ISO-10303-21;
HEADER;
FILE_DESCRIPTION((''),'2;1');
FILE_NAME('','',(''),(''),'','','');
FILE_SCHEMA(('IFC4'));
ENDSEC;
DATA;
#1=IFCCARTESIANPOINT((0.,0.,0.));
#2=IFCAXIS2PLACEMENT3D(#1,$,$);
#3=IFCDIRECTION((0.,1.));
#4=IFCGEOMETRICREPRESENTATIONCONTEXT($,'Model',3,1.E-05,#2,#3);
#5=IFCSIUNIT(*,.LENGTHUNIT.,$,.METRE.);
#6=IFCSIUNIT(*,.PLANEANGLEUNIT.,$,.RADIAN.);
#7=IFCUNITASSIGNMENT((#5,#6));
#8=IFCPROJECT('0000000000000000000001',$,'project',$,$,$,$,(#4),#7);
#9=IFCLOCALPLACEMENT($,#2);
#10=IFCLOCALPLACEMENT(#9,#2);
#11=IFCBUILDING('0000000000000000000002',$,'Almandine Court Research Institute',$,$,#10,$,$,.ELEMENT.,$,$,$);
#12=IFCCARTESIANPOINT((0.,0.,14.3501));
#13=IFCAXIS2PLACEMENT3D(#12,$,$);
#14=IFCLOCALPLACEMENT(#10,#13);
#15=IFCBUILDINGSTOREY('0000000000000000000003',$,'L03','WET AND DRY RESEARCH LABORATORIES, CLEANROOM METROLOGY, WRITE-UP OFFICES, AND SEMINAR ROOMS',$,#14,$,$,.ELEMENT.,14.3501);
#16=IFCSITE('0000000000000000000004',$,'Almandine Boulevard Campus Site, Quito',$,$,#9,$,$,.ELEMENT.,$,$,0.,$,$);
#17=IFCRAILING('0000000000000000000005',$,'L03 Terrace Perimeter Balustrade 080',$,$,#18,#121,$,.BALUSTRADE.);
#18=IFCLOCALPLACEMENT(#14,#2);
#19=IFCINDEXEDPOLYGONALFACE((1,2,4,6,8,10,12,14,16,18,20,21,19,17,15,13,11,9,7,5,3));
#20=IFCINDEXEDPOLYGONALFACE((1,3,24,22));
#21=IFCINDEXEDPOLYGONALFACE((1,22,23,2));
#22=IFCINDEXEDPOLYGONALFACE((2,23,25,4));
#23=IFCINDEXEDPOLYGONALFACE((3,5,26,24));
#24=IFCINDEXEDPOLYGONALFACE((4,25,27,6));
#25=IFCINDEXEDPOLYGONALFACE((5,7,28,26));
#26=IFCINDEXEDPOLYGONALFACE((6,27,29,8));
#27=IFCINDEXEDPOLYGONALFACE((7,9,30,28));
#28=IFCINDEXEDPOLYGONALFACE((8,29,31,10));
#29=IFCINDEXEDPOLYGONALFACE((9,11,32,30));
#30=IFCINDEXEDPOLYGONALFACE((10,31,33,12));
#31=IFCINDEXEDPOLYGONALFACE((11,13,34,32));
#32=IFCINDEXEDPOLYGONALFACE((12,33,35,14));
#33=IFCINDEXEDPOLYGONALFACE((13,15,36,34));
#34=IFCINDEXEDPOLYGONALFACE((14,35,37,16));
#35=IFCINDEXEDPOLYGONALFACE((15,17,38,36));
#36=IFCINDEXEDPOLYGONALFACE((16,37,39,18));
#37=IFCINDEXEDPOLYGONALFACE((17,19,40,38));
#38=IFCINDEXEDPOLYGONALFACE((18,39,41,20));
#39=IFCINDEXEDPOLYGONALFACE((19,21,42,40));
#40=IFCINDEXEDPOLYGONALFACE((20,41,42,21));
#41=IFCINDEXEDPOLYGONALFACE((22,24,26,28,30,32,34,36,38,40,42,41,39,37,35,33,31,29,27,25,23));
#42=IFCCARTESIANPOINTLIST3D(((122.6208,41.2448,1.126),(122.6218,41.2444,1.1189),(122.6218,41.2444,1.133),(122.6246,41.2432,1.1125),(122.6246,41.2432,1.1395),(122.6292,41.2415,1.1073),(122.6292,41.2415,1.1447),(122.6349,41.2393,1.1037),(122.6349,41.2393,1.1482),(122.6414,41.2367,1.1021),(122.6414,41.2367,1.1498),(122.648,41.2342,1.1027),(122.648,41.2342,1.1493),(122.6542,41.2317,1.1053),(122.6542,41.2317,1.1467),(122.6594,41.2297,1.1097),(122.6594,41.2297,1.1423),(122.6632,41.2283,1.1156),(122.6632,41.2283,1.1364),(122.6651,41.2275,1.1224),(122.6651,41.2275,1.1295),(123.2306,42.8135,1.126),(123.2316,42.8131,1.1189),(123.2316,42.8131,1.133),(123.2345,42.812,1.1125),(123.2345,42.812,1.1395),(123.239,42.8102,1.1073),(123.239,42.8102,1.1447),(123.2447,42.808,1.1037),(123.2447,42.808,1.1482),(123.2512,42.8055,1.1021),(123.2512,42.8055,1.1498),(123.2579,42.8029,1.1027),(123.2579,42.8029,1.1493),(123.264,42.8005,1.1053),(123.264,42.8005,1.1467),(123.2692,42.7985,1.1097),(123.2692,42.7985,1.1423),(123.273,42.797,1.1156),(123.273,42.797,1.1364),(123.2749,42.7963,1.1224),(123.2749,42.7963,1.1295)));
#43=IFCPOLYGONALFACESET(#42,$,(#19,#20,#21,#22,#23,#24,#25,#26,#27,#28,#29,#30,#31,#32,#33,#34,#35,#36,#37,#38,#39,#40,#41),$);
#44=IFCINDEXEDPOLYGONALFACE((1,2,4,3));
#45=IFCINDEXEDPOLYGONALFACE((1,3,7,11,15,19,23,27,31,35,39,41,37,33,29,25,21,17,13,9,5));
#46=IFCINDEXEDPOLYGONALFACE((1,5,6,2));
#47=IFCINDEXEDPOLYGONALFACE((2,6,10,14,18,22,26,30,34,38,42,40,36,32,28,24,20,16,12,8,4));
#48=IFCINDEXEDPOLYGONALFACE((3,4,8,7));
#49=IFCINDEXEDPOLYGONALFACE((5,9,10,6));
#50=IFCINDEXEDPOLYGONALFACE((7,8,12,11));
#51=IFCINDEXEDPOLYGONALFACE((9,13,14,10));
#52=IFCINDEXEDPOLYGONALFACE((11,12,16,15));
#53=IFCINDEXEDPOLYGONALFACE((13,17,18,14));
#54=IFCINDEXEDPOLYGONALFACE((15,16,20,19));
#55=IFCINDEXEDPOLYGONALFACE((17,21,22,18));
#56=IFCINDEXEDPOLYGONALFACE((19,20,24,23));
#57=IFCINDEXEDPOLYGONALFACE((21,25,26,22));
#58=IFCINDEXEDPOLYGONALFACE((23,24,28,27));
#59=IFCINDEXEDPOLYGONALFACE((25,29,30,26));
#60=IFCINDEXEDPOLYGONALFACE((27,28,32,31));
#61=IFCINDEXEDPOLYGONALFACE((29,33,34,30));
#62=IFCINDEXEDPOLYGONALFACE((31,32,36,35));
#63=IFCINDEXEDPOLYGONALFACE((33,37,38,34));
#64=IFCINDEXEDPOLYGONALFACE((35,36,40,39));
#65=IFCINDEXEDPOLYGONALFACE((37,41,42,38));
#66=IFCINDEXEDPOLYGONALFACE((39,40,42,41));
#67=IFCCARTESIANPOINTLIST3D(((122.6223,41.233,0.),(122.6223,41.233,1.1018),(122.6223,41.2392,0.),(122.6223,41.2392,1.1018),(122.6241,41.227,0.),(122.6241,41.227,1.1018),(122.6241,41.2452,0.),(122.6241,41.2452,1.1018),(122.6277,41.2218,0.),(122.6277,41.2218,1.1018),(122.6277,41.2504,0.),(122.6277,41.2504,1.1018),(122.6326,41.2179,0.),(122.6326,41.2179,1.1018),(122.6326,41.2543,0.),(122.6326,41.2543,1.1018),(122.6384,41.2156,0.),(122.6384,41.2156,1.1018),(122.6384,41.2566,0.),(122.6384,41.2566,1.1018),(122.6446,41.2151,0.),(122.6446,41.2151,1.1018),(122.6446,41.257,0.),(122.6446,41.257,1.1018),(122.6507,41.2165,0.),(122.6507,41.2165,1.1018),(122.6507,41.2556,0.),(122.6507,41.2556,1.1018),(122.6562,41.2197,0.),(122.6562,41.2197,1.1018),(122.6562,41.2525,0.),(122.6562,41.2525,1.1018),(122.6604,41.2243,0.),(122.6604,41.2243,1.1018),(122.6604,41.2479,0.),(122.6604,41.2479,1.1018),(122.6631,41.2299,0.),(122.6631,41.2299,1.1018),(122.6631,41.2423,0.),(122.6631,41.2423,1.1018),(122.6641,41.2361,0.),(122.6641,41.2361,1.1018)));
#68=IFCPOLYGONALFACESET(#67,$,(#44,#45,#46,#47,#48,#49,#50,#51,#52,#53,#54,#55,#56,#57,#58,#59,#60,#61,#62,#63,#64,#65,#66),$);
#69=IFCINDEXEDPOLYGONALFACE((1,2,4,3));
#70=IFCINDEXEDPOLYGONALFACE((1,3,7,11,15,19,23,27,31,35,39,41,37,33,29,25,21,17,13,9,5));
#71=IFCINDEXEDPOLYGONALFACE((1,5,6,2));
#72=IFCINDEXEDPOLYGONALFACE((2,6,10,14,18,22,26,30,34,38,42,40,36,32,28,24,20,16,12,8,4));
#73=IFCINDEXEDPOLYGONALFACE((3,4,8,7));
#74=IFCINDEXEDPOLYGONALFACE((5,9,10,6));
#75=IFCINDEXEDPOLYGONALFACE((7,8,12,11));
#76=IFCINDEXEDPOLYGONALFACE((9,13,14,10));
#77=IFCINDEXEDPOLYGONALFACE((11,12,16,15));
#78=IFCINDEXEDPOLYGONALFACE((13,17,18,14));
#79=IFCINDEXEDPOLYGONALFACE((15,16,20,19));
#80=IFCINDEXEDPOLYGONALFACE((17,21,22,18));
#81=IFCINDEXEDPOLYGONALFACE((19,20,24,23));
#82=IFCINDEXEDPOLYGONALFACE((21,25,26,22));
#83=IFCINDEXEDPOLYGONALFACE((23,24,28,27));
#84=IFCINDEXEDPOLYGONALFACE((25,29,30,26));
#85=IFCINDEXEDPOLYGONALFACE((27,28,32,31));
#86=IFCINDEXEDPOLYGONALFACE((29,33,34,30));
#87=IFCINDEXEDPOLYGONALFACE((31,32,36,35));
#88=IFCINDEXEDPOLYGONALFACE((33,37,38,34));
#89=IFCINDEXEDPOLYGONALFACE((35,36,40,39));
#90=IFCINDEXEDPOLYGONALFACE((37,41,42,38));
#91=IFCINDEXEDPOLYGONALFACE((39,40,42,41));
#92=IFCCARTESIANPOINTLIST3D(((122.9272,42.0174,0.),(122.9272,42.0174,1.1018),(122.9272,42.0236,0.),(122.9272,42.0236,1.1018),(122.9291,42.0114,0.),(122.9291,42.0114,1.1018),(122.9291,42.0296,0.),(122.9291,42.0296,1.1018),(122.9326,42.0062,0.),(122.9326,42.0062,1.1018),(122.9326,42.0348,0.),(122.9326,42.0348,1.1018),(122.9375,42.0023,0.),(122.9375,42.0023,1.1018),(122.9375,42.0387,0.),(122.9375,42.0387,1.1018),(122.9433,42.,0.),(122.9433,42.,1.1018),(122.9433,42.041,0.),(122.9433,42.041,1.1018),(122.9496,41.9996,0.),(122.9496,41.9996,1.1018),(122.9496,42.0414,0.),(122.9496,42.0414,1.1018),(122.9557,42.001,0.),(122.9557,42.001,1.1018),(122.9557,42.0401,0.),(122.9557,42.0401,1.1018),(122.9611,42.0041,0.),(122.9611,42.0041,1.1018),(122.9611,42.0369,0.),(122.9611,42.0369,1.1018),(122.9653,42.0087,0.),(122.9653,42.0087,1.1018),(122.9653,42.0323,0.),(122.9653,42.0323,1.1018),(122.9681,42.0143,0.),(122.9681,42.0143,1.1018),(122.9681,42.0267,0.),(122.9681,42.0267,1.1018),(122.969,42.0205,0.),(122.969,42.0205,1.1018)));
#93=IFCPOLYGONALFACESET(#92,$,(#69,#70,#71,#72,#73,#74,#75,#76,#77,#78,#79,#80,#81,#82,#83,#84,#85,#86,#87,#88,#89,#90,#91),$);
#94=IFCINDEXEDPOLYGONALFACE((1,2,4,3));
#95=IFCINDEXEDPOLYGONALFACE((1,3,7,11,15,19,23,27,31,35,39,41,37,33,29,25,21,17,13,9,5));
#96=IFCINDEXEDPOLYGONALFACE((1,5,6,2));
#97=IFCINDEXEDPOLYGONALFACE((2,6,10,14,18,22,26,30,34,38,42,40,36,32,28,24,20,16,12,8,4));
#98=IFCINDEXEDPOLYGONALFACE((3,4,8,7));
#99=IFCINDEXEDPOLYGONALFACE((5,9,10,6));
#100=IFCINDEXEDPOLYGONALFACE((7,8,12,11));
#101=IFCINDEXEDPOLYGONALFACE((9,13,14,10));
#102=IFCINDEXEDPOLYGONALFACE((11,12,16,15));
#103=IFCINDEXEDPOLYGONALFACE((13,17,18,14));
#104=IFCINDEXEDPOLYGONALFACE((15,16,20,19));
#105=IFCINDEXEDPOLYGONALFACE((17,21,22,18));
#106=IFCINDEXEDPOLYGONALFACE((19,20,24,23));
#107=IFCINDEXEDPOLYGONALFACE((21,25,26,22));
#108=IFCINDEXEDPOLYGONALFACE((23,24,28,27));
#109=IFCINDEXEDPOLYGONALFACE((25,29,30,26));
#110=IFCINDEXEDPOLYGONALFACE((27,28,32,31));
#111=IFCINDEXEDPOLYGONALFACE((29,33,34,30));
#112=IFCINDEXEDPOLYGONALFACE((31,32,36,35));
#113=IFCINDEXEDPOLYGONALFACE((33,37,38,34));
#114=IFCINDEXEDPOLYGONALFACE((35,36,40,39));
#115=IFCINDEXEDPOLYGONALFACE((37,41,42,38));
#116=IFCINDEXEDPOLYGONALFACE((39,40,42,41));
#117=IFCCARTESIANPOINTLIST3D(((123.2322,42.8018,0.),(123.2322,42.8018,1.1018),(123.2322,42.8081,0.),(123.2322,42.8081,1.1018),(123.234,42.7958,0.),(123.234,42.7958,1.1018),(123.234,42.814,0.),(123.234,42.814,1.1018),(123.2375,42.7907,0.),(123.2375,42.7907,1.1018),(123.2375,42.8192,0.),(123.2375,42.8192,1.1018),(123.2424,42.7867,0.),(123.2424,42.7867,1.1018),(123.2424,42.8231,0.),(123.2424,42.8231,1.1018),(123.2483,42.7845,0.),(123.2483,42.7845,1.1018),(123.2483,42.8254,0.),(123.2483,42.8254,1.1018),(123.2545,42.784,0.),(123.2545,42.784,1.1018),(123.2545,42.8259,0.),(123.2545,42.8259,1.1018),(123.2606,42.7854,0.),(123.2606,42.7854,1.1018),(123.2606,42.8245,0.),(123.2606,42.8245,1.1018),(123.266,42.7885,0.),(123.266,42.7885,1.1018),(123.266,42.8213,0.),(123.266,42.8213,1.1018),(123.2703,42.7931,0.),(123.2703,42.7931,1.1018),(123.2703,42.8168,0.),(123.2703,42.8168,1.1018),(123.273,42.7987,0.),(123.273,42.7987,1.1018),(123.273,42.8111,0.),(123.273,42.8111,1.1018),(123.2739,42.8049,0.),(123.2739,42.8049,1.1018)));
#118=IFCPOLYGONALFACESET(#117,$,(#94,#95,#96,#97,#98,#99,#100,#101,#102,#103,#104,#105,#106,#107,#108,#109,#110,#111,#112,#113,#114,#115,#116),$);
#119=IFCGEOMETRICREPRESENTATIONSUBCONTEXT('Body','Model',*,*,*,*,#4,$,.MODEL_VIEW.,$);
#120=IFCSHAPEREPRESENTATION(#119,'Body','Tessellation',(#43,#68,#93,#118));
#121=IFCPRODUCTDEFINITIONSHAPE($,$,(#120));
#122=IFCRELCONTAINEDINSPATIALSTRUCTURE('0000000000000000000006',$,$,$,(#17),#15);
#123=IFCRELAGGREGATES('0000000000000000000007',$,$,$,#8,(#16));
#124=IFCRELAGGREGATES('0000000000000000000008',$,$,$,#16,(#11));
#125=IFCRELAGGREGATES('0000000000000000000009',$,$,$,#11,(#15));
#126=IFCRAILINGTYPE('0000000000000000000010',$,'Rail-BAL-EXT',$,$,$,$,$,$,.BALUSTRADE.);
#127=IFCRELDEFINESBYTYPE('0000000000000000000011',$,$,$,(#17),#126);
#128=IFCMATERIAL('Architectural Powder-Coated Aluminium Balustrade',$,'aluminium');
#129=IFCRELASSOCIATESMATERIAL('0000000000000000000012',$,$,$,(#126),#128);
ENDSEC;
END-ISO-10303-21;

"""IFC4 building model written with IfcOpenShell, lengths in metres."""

from ifc_helpers import new_model, si_unit, direction, frame, origin, origin_2d, place, context, subcontext, project, spatial, circle, extrude, material, type_object, element, save


model = new_model("IFC4")

# Units and contexts
model_context = context("Model", 3, precision=1e-05, world=origin(), true_north=direction((0.0, 1.0)))
body_context = subcontext(model_context, "Body", "Model", "MODEL_VIEW")
ifc_project = project(units=[si_unit("LENGTHUNIT", "METRE"), si_unit("PLANEANGLEUNIT", "RADIAN")], contexts=[model_context])

# Site, building, storey
site_placement = place(None, origin())
site = spatial("IfcSite", under=ifc_project, at=site_placement, Name="Almandine Boulevard Campus Site, Quito", CompositionType="ELEMENT", RefElevation=0.0)
building_placement = place(site_placement, origin())
building = spatial("IfcBuilding", under=site, at=building_placement, Name="Almandine Court Research Institute", CompositionType="ELEMENT")
storey_placement = place(building_placement, frame((0.0, 0.0, 14.3501)))
storey = spatial("IfcBuildingStorey", under=building, at=storey_placement, Name="L03", Description="WET AND DRY RESEARCH LABORATORIES, CLEANROOM METROLOGY, WRITE-UP OFFICES, AND SEMINAR ROOMS", CompositionType="ELEMENT", Elevation=14.3501)

# Railing
ifc_material_1 = material(Name="Architectural Powder-Coated Aluminium Balustrade", Category="aluminium")
railing_type = type_object("IfcRailingType", Name="Rail-BAL-EXT", PredefinedType="BALUSTRADE", material=ifc_material_1)
railing_1_placement = place(storey_placement, frame((122.6431, 41.2361, 0.0)))
element("IfcRailing", 1, at=railing_1_placement, inside=storey, type_object=railing_type, Name="L03 Terrace Perimeter Balustrade 080", PredefinedType="BALUSTRADE", context=body_context, shape_type="SweptSolid", body=[
    extrude(circle(Radius=0.0239, at=origin_2d()), frame((0.0, 0.0, 1.126), z_axis=(0.36232, 0.932054, 0.0), x_axis=(-0.932054, 0.36232, 0.0)), (0.0, 0.0, 1.0), 1.6831),
    extrude(circle(Radius=0.021, at=origin_2d()), origin(), (0.0, 0.0, 1.0), 1.1018),
    extrude(circle(Radius=0.021, at=origin_2d()), frame((0.3049, 0.7844, 0.0)), (0.0, 0.0, 1.0), 1.1018),
    extrude(circle(Radius=0.021, at=origin_2d()), frame((0.6099, 1.5688, 0.0)), (0.0, 0.0, 1.0), 1.1018),
])

save(model, "model.ifc")
